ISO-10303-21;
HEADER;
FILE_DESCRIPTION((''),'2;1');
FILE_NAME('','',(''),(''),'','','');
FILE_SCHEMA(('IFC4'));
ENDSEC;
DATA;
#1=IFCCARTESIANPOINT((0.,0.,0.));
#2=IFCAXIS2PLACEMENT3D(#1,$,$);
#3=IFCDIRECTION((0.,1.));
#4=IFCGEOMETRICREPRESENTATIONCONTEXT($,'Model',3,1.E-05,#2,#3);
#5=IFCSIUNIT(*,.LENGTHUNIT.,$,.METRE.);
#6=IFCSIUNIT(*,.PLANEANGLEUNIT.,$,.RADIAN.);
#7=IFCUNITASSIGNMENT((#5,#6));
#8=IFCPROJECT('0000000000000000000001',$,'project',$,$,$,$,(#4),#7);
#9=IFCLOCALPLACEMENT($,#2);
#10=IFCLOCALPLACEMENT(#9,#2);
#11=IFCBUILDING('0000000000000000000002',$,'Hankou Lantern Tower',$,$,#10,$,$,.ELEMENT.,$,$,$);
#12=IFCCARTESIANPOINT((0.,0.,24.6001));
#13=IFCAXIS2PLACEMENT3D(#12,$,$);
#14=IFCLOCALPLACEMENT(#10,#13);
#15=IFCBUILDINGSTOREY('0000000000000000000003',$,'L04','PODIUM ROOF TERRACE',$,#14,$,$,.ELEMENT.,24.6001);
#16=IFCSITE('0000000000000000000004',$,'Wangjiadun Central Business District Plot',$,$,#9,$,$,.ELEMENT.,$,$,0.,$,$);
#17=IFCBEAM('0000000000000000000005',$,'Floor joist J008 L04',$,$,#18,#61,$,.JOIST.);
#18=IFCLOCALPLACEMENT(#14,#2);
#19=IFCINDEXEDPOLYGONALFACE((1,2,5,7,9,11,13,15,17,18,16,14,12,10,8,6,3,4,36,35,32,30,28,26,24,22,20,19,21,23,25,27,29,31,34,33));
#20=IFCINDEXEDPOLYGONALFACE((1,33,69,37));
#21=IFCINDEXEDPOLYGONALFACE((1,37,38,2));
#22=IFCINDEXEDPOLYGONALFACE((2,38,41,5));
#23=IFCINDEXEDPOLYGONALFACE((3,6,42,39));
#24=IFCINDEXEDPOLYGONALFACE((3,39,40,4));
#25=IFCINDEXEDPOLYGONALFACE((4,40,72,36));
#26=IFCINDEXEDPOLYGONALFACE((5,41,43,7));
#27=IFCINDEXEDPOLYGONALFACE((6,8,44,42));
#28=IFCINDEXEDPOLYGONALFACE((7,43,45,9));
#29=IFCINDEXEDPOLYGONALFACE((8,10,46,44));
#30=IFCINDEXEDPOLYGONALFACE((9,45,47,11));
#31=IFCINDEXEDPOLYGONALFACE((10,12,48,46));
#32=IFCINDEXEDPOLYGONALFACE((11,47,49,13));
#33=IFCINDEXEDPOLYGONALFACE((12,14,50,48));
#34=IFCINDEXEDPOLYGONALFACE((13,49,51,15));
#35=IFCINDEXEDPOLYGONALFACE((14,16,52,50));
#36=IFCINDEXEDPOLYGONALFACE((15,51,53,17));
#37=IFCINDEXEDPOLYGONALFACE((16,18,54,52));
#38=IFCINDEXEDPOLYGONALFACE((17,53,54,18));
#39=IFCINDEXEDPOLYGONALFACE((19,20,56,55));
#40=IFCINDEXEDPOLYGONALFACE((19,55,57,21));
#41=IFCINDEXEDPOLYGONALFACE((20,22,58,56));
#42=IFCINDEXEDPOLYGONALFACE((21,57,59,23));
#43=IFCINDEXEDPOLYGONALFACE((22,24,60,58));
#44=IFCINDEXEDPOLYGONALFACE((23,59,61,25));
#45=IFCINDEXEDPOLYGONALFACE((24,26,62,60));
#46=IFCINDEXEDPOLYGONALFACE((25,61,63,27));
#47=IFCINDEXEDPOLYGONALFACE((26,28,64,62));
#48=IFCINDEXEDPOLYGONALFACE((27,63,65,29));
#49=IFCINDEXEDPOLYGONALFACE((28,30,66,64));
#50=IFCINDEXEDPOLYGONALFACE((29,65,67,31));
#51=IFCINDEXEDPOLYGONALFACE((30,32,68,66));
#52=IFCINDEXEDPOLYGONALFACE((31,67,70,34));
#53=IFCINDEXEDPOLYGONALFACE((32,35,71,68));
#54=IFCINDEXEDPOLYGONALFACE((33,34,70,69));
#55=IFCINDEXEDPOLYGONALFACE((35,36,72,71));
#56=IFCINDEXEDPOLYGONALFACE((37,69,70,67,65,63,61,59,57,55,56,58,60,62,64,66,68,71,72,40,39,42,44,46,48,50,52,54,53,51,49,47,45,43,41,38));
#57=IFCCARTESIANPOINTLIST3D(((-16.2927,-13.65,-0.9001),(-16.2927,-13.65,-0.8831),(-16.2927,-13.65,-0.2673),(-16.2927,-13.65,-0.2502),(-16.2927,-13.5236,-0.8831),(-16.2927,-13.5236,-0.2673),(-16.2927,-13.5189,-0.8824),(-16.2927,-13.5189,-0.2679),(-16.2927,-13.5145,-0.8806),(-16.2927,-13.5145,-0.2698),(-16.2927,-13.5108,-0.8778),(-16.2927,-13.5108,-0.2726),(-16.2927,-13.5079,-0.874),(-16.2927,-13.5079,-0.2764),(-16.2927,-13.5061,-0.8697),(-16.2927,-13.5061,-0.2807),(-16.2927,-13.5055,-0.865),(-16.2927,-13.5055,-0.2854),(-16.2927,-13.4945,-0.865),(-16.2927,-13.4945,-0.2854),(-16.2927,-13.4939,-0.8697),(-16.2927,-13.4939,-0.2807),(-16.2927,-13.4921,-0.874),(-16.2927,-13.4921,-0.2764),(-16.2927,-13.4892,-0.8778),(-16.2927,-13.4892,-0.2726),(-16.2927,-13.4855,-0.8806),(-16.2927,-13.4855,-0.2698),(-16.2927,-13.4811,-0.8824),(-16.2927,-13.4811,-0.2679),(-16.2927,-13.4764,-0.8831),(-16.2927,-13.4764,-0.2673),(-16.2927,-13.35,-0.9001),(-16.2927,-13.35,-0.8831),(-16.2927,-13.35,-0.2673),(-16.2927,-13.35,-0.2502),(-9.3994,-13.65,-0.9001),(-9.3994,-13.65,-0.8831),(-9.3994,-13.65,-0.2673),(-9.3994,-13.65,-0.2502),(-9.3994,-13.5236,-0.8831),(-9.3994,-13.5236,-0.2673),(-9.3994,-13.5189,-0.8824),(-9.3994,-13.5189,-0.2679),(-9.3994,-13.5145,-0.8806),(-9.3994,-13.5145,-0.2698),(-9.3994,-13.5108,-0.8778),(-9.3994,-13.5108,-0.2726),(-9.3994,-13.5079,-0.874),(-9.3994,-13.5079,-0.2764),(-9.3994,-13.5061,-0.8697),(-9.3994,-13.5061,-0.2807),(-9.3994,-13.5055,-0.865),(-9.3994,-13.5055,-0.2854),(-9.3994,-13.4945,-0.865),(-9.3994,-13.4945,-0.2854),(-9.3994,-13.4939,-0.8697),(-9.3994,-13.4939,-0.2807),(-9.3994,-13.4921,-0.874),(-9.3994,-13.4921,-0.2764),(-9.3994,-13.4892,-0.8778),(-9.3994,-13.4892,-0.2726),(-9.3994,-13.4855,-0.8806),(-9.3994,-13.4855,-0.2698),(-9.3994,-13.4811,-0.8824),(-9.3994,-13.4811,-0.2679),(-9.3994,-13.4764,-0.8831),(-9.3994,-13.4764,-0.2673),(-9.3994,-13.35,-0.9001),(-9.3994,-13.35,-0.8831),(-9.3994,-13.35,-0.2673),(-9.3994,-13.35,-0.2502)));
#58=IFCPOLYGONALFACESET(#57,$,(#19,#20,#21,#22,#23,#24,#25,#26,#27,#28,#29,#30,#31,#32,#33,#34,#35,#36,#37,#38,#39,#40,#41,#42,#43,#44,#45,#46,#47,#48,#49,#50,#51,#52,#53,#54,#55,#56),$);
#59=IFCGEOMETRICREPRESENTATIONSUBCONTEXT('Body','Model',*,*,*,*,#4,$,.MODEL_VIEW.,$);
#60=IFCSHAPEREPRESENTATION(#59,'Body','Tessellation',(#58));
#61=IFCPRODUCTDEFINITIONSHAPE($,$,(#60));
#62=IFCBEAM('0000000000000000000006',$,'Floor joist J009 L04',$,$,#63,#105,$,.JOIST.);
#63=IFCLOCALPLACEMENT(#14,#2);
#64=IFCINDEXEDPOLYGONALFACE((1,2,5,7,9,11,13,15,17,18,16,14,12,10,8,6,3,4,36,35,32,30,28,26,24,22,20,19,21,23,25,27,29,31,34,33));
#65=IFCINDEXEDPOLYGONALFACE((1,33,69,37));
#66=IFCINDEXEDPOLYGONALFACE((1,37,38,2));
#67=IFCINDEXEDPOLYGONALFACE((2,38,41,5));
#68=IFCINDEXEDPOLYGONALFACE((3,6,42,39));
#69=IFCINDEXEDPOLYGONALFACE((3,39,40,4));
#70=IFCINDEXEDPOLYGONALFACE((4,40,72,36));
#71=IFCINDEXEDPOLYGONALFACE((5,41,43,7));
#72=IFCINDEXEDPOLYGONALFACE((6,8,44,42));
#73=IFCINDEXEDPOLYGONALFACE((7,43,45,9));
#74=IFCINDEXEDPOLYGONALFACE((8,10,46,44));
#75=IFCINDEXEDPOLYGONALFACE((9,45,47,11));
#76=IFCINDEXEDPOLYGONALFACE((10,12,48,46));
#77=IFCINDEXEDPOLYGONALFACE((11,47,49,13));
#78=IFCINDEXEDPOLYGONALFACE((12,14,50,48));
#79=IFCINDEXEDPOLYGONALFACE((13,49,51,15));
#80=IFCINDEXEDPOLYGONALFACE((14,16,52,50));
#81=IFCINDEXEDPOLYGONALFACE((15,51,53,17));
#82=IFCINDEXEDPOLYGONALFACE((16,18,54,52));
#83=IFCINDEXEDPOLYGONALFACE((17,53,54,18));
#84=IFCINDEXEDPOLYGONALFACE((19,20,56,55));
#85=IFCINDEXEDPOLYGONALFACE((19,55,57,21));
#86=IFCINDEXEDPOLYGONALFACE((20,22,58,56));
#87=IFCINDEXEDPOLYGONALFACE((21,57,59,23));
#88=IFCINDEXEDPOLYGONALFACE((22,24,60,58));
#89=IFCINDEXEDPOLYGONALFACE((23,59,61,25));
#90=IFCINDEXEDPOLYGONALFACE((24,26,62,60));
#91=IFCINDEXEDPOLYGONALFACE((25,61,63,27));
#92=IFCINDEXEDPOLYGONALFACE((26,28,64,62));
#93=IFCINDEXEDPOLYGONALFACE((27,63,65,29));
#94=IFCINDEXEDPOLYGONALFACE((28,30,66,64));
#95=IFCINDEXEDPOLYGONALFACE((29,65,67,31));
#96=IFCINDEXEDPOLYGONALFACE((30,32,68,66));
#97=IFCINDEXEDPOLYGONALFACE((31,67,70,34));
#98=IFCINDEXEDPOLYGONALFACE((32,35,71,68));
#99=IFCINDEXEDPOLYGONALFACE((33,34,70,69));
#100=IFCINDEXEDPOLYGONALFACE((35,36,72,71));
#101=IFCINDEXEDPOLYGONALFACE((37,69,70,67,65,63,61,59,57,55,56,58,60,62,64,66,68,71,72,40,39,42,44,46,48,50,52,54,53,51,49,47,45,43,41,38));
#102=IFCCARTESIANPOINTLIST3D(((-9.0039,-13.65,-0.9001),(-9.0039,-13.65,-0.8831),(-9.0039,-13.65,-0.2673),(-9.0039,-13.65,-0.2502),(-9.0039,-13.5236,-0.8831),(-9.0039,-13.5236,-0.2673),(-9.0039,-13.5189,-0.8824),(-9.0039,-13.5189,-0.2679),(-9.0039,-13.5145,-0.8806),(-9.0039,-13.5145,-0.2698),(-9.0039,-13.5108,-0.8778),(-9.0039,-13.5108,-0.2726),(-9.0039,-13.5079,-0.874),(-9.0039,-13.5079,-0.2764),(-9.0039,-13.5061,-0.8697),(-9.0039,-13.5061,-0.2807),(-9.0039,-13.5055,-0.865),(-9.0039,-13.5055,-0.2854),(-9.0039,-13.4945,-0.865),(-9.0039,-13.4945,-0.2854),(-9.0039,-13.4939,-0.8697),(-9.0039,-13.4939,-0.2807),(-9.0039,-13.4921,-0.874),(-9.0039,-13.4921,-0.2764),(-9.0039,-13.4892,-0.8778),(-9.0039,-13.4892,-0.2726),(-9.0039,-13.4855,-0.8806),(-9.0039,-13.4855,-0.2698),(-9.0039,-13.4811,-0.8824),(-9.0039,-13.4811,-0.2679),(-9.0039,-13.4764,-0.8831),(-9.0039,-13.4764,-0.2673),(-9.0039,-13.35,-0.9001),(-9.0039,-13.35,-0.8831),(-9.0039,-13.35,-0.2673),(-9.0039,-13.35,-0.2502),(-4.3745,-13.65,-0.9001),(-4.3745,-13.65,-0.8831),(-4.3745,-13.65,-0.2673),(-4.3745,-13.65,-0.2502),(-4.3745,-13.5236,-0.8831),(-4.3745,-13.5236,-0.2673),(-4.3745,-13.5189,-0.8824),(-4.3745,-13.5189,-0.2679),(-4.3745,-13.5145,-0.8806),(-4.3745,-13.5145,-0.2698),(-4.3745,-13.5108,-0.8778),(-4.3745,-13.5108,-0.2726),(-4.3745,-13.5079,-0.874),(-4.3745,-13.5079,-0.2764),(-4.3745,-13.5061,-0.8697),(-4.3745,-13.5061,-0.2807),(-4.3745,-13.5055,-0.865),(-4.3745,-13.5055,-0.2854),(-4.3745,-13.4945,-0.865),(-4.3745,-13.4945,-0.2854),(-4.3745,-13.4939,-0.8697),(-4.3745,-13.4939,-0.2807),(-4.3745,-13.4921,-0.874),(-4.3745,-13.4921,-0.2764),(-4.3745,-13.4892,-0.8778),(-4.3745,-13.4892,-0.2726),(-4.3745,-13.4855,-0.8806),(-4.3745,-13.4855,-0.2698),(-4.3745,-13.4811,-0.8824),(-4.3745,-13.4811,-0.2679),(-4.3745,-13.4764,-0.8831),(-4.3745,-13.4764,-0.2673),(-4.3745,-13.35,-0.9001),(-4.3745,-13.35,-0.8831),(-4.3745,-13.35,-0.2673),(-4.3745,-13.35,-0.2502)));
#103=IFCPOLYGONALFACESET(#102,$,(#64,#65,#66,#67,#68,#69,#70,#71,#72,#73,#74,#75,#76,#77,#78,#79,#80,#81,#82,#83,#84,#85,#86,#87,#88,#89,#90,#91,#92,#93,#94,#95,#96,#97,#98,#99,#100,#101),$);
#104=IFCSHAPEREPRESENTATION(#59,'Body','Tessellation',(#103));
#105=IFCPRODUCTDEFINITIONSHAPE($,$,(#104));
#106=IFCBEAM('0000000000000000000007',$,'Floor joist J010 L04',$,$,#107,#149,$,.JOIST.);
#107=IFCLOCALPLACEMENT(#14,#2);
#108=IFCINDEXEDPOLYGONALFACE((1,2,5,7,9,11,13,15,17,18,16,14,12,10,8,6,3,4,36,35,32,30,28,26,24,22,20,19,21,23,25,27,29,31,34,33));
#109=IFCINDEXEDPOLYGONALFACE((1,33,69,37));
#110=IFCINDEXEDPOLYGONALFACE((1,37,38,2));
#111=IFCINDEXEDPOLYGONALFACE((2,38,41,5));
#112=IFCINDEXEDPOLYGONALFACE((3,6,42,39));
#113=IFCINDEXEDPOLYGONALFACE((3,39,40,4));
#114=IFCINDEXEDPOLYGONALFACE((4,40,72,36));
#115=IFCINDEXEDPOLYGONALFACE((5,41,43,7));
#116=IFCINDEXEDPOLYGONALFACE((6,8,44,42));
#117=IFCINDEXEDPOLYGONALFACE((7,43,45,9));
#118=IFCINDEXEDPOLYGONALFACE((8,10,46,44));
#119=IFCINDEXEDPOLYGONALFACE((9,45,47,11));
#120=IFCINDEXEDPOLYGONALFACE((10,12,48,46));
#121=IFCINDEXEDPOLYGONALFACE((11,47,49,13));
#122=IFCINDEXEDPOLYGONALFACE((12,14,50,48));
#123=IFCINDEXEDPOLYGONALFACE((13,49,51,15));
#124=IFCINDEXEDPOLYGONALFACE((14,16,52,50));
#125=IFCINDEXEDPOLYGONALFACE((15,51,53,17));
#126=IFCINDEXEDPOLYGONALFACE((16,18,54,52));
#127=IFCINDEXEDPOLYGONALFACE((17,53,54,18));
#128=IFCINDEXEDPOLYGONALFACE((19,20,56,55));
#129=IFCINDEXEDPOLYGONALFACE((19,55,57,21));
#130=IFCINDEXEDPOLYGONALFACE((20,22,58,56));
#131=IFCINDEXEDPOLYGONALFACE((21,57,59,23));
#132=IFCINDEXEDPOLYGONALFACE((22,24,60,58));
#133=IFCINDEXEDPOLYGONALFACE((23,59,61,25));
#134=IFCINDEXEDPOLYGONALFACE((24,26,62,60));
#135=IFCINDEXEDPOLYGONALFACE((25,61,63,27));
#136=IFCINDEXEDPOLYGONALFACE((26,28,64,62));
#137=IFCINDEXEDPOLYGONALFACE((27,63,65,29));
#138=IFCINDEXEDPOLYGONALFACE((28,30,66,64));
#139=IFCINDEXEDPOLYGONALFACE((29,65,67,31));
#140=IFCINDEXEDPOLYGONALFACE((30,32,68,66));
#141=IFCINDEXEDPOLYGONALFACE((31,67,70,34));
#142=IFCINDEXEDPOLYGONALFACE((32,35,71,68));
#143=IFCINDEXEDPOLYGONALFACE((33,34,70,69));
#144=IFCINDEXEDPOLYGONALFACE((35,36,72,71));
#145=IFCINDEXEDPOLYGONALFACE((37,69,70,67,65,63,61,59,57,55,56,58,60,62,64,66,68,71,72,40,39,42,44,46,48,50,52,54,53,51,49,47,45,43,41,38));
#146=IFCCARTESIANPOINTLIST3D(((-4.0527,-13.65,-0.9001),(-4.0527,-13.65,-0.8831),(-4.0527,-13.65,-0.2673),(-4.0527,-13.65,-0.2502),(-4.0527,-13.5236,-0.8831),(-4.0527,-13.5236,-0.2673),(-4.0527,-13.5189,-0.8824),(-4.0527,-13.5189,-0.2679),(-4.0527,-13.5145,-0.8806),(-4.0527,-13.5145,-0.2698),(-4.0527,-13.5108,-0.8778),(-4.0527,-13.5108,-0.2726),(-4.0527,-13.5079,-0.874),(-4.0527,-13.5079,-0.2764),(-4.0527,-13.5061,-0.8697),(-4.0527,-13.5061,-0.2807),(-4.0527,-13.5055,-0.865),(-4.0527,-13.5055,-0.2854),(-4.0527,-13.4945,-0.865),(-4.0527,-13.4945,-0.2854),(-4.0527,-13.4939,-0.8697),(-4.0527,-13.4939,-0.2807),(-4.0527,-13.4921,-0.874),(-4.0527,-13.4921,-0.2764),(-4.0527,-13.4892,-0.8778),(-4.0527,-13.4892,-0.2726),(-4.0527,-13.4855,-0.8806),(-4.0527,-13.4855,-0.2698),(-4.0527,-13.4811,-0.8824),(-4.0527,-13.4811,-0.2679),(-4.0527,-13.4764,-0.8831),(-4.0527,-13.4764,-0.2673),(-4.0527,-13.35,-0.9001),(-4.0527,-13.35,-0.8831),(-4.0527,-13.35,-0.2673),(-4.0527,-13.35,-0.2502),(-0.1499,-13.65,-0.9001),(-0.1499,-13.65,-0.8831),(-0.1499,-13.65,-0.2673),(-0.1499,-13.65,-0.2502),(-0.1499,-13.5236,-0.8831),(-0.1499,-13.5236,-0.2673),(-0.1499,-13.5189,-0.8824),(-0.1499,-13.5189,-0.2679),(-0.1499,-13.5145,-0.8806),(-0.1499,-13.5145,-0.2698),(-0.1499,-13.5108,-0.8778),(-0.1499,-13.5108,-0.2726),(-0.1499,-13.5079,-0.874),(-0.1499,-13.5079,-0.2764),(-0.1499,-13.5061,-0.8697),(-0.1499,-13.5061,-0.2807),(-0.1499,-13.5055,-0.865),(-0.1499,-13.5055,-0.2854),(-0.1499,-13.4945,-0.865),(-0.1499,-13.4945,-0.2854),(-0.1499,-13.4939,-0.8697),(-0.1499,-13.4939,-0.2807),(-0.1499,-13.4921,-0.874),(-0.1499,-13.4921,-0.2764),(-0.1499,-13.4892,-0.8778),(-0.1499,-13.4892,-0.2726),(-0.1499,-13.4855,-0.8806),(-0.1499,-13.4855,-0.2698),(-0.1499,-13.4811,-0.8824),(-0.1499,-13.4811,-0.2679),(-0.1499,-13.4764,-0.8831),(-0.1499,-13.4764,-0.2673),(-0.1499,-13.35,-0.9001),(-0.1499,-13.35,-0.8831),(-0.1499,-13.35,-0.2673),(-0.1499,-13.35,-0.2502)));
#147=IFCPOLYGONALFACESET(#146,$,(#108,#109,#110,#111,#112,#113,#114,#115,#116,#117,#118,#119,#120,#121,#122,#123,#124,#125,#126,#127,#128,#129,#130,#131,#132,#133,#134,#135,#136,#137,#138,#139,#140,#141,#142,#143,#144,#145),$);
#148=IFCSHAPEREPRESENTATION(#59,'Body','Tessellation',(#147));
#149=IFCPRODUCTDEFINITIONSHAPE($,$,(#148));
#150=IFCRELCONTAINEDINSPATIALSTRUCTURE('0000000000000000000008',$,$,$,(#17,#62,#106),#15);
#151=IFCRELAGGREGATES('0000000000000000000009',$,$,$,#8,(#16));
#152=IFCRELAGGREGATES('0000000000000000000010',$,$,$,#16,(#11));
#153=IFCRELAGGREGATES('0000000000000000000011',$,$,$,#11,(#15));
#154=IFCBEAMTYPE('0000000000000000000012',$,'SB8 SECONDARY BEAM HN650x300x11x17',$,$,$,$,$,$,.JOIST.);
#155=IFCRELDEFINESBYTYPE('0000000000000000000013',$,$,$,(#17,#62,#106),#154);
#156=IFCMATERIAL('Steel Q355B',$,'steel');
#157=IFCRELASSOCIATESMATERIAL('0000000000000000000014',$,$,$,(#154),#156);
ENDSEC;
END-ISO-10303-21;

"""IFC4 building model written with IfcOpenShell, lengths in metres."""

from ifc_helpers import new_model, si_unit, direction, frame, origin, origin_2d, place, context, subcontext, project, spatial, i_section, extrude, material, material_profile, profile_set, type_object, element, save


model = new_model("IFC4")

# Units and contexts
model_context = context("Model", 3, precision=1e-05, world=origin(), true_north=direction((0.0, 1.0)))
body_context = subcontext(model_context, "Body", "Model", "MODEL_VIEW")
ifc_project = project(units=[si_unit("LENGTHUNIT", "METRE"), si_unit("PLANEANGLEUNIT", "RADIAN")], contexts=[model_context])

# Site, building, storey
site_placement = place(None, origin())
site = spatial("IfcSite", under=ifc_project, at=site_placement, Name="Wangjiadun Central Business District Plot", CompositionType="ELEMENT", RefElevation=0.0)
building_placement = place(site_placement, origin())
building = spatial("IfcBuilding", under=site, at=building_placement, Name="Hankou Lantern Tower", CompositionType="ELEMENT")
storey_placement = place(building_placement, frame((0.0, 0.0, 24.6001)))
storey = spatial("IfcBuildingStorey", under=building, at=storey_placement, Name="L04", Description="PODIUM ROOF TERRACE", CompositionType="ELEMENT", Elevation=24.6001)

# Beams
ifc_material_1 = material(Name="Steel Q355B", Category="steel")
ifc_material_profile_1 = material_profile(ifc_material_1, i_section(OverallWidth=0.3, OverallDepth=0.6499, WebThickness=0.011, FlangeThickness=0.0171, FilletRadius=0.0181, at=origin_2d()), Name="HN650x300x11x17")
ifc_profile_set_1 = profile_set([ifc_material_profile_1], Name="Steel Q355B")
beam_type_1 = type_object("IfcBeamType", Name="SB8 SECONDARY BEAM HN650x300x11x17", PredefinedType="JOIST", material=ifc_profile_set_1)
beam_1_placement = place(storey_placement, frame((-16.2927, -13.5, -0.5752), z_axis=(1.0, 0.0, 0.0), x_axis=(0.0, 1.0, 0.0)))
element("IfcBeam", 1, at=beam_1_placement, inside=storey, type_object=beam_type_1, Name="Floor joist J008 L04", PredefinedType="JOIST", context=body_context, shape_type="SweptSolid", body=[
    extrude(i_section(OverallWidth=0.3, OverallDepth=0.6499, WebThickness=0.011, FlangeThickness=0.0171, FilletRadius=0.0181, at=origin_2d()), origin(), (0.0, 0.0, 1.0), 6.8933),
])
beam_2_placement = place(storey_placement, frame((-9.0039, -13.5, -0.5752), z_axis=(1.0, 0.0, 0.0), x_axis=(0.0, 1.0, 0.0)))
element("IfcBeam", 2, at=beam_2_placement, inside=storey, type_object=beam_type_1, Name="Floor joist J009 L04", PredefinedType="JOIST", context=body_context, shape_type="SweptSolid", body=[
    extrude(i_section(OverallWidth=0.3, OverallDepth=0.6499, WebThickness=0.011, FlangeThickness=0.0171, FilletRadius=0.0181, at=origin_2d()), origin(), (0.0, 0.0, 1.0), 4.6294),
])
beam_3_placement = place(storey_placement, frame((-4.0527, -13.5, -0.5752), z_axis=(1.0, 0.0, 0.0), x_axis=(0.0, 1.0, 0.0)))
element("IfcBeam", 3, at=beam_3_placement, inside=storey, type_object=beam_type_1, Name="Floor joist J010 L04", PredefinedType="JOIST", context=body_context, shape_type="SweptSolid", body=[
    extrude(i_section(OverallWidth=0.3, OverallDepth=0.6499, WebThickness=0.011, FlangeThickness=0.0171, FilletRadius=0.0181, at=origin_2d()), origin(), (0.0, 0.0, 1.0), 3.9028),
])

save(model, "model.ifc")
